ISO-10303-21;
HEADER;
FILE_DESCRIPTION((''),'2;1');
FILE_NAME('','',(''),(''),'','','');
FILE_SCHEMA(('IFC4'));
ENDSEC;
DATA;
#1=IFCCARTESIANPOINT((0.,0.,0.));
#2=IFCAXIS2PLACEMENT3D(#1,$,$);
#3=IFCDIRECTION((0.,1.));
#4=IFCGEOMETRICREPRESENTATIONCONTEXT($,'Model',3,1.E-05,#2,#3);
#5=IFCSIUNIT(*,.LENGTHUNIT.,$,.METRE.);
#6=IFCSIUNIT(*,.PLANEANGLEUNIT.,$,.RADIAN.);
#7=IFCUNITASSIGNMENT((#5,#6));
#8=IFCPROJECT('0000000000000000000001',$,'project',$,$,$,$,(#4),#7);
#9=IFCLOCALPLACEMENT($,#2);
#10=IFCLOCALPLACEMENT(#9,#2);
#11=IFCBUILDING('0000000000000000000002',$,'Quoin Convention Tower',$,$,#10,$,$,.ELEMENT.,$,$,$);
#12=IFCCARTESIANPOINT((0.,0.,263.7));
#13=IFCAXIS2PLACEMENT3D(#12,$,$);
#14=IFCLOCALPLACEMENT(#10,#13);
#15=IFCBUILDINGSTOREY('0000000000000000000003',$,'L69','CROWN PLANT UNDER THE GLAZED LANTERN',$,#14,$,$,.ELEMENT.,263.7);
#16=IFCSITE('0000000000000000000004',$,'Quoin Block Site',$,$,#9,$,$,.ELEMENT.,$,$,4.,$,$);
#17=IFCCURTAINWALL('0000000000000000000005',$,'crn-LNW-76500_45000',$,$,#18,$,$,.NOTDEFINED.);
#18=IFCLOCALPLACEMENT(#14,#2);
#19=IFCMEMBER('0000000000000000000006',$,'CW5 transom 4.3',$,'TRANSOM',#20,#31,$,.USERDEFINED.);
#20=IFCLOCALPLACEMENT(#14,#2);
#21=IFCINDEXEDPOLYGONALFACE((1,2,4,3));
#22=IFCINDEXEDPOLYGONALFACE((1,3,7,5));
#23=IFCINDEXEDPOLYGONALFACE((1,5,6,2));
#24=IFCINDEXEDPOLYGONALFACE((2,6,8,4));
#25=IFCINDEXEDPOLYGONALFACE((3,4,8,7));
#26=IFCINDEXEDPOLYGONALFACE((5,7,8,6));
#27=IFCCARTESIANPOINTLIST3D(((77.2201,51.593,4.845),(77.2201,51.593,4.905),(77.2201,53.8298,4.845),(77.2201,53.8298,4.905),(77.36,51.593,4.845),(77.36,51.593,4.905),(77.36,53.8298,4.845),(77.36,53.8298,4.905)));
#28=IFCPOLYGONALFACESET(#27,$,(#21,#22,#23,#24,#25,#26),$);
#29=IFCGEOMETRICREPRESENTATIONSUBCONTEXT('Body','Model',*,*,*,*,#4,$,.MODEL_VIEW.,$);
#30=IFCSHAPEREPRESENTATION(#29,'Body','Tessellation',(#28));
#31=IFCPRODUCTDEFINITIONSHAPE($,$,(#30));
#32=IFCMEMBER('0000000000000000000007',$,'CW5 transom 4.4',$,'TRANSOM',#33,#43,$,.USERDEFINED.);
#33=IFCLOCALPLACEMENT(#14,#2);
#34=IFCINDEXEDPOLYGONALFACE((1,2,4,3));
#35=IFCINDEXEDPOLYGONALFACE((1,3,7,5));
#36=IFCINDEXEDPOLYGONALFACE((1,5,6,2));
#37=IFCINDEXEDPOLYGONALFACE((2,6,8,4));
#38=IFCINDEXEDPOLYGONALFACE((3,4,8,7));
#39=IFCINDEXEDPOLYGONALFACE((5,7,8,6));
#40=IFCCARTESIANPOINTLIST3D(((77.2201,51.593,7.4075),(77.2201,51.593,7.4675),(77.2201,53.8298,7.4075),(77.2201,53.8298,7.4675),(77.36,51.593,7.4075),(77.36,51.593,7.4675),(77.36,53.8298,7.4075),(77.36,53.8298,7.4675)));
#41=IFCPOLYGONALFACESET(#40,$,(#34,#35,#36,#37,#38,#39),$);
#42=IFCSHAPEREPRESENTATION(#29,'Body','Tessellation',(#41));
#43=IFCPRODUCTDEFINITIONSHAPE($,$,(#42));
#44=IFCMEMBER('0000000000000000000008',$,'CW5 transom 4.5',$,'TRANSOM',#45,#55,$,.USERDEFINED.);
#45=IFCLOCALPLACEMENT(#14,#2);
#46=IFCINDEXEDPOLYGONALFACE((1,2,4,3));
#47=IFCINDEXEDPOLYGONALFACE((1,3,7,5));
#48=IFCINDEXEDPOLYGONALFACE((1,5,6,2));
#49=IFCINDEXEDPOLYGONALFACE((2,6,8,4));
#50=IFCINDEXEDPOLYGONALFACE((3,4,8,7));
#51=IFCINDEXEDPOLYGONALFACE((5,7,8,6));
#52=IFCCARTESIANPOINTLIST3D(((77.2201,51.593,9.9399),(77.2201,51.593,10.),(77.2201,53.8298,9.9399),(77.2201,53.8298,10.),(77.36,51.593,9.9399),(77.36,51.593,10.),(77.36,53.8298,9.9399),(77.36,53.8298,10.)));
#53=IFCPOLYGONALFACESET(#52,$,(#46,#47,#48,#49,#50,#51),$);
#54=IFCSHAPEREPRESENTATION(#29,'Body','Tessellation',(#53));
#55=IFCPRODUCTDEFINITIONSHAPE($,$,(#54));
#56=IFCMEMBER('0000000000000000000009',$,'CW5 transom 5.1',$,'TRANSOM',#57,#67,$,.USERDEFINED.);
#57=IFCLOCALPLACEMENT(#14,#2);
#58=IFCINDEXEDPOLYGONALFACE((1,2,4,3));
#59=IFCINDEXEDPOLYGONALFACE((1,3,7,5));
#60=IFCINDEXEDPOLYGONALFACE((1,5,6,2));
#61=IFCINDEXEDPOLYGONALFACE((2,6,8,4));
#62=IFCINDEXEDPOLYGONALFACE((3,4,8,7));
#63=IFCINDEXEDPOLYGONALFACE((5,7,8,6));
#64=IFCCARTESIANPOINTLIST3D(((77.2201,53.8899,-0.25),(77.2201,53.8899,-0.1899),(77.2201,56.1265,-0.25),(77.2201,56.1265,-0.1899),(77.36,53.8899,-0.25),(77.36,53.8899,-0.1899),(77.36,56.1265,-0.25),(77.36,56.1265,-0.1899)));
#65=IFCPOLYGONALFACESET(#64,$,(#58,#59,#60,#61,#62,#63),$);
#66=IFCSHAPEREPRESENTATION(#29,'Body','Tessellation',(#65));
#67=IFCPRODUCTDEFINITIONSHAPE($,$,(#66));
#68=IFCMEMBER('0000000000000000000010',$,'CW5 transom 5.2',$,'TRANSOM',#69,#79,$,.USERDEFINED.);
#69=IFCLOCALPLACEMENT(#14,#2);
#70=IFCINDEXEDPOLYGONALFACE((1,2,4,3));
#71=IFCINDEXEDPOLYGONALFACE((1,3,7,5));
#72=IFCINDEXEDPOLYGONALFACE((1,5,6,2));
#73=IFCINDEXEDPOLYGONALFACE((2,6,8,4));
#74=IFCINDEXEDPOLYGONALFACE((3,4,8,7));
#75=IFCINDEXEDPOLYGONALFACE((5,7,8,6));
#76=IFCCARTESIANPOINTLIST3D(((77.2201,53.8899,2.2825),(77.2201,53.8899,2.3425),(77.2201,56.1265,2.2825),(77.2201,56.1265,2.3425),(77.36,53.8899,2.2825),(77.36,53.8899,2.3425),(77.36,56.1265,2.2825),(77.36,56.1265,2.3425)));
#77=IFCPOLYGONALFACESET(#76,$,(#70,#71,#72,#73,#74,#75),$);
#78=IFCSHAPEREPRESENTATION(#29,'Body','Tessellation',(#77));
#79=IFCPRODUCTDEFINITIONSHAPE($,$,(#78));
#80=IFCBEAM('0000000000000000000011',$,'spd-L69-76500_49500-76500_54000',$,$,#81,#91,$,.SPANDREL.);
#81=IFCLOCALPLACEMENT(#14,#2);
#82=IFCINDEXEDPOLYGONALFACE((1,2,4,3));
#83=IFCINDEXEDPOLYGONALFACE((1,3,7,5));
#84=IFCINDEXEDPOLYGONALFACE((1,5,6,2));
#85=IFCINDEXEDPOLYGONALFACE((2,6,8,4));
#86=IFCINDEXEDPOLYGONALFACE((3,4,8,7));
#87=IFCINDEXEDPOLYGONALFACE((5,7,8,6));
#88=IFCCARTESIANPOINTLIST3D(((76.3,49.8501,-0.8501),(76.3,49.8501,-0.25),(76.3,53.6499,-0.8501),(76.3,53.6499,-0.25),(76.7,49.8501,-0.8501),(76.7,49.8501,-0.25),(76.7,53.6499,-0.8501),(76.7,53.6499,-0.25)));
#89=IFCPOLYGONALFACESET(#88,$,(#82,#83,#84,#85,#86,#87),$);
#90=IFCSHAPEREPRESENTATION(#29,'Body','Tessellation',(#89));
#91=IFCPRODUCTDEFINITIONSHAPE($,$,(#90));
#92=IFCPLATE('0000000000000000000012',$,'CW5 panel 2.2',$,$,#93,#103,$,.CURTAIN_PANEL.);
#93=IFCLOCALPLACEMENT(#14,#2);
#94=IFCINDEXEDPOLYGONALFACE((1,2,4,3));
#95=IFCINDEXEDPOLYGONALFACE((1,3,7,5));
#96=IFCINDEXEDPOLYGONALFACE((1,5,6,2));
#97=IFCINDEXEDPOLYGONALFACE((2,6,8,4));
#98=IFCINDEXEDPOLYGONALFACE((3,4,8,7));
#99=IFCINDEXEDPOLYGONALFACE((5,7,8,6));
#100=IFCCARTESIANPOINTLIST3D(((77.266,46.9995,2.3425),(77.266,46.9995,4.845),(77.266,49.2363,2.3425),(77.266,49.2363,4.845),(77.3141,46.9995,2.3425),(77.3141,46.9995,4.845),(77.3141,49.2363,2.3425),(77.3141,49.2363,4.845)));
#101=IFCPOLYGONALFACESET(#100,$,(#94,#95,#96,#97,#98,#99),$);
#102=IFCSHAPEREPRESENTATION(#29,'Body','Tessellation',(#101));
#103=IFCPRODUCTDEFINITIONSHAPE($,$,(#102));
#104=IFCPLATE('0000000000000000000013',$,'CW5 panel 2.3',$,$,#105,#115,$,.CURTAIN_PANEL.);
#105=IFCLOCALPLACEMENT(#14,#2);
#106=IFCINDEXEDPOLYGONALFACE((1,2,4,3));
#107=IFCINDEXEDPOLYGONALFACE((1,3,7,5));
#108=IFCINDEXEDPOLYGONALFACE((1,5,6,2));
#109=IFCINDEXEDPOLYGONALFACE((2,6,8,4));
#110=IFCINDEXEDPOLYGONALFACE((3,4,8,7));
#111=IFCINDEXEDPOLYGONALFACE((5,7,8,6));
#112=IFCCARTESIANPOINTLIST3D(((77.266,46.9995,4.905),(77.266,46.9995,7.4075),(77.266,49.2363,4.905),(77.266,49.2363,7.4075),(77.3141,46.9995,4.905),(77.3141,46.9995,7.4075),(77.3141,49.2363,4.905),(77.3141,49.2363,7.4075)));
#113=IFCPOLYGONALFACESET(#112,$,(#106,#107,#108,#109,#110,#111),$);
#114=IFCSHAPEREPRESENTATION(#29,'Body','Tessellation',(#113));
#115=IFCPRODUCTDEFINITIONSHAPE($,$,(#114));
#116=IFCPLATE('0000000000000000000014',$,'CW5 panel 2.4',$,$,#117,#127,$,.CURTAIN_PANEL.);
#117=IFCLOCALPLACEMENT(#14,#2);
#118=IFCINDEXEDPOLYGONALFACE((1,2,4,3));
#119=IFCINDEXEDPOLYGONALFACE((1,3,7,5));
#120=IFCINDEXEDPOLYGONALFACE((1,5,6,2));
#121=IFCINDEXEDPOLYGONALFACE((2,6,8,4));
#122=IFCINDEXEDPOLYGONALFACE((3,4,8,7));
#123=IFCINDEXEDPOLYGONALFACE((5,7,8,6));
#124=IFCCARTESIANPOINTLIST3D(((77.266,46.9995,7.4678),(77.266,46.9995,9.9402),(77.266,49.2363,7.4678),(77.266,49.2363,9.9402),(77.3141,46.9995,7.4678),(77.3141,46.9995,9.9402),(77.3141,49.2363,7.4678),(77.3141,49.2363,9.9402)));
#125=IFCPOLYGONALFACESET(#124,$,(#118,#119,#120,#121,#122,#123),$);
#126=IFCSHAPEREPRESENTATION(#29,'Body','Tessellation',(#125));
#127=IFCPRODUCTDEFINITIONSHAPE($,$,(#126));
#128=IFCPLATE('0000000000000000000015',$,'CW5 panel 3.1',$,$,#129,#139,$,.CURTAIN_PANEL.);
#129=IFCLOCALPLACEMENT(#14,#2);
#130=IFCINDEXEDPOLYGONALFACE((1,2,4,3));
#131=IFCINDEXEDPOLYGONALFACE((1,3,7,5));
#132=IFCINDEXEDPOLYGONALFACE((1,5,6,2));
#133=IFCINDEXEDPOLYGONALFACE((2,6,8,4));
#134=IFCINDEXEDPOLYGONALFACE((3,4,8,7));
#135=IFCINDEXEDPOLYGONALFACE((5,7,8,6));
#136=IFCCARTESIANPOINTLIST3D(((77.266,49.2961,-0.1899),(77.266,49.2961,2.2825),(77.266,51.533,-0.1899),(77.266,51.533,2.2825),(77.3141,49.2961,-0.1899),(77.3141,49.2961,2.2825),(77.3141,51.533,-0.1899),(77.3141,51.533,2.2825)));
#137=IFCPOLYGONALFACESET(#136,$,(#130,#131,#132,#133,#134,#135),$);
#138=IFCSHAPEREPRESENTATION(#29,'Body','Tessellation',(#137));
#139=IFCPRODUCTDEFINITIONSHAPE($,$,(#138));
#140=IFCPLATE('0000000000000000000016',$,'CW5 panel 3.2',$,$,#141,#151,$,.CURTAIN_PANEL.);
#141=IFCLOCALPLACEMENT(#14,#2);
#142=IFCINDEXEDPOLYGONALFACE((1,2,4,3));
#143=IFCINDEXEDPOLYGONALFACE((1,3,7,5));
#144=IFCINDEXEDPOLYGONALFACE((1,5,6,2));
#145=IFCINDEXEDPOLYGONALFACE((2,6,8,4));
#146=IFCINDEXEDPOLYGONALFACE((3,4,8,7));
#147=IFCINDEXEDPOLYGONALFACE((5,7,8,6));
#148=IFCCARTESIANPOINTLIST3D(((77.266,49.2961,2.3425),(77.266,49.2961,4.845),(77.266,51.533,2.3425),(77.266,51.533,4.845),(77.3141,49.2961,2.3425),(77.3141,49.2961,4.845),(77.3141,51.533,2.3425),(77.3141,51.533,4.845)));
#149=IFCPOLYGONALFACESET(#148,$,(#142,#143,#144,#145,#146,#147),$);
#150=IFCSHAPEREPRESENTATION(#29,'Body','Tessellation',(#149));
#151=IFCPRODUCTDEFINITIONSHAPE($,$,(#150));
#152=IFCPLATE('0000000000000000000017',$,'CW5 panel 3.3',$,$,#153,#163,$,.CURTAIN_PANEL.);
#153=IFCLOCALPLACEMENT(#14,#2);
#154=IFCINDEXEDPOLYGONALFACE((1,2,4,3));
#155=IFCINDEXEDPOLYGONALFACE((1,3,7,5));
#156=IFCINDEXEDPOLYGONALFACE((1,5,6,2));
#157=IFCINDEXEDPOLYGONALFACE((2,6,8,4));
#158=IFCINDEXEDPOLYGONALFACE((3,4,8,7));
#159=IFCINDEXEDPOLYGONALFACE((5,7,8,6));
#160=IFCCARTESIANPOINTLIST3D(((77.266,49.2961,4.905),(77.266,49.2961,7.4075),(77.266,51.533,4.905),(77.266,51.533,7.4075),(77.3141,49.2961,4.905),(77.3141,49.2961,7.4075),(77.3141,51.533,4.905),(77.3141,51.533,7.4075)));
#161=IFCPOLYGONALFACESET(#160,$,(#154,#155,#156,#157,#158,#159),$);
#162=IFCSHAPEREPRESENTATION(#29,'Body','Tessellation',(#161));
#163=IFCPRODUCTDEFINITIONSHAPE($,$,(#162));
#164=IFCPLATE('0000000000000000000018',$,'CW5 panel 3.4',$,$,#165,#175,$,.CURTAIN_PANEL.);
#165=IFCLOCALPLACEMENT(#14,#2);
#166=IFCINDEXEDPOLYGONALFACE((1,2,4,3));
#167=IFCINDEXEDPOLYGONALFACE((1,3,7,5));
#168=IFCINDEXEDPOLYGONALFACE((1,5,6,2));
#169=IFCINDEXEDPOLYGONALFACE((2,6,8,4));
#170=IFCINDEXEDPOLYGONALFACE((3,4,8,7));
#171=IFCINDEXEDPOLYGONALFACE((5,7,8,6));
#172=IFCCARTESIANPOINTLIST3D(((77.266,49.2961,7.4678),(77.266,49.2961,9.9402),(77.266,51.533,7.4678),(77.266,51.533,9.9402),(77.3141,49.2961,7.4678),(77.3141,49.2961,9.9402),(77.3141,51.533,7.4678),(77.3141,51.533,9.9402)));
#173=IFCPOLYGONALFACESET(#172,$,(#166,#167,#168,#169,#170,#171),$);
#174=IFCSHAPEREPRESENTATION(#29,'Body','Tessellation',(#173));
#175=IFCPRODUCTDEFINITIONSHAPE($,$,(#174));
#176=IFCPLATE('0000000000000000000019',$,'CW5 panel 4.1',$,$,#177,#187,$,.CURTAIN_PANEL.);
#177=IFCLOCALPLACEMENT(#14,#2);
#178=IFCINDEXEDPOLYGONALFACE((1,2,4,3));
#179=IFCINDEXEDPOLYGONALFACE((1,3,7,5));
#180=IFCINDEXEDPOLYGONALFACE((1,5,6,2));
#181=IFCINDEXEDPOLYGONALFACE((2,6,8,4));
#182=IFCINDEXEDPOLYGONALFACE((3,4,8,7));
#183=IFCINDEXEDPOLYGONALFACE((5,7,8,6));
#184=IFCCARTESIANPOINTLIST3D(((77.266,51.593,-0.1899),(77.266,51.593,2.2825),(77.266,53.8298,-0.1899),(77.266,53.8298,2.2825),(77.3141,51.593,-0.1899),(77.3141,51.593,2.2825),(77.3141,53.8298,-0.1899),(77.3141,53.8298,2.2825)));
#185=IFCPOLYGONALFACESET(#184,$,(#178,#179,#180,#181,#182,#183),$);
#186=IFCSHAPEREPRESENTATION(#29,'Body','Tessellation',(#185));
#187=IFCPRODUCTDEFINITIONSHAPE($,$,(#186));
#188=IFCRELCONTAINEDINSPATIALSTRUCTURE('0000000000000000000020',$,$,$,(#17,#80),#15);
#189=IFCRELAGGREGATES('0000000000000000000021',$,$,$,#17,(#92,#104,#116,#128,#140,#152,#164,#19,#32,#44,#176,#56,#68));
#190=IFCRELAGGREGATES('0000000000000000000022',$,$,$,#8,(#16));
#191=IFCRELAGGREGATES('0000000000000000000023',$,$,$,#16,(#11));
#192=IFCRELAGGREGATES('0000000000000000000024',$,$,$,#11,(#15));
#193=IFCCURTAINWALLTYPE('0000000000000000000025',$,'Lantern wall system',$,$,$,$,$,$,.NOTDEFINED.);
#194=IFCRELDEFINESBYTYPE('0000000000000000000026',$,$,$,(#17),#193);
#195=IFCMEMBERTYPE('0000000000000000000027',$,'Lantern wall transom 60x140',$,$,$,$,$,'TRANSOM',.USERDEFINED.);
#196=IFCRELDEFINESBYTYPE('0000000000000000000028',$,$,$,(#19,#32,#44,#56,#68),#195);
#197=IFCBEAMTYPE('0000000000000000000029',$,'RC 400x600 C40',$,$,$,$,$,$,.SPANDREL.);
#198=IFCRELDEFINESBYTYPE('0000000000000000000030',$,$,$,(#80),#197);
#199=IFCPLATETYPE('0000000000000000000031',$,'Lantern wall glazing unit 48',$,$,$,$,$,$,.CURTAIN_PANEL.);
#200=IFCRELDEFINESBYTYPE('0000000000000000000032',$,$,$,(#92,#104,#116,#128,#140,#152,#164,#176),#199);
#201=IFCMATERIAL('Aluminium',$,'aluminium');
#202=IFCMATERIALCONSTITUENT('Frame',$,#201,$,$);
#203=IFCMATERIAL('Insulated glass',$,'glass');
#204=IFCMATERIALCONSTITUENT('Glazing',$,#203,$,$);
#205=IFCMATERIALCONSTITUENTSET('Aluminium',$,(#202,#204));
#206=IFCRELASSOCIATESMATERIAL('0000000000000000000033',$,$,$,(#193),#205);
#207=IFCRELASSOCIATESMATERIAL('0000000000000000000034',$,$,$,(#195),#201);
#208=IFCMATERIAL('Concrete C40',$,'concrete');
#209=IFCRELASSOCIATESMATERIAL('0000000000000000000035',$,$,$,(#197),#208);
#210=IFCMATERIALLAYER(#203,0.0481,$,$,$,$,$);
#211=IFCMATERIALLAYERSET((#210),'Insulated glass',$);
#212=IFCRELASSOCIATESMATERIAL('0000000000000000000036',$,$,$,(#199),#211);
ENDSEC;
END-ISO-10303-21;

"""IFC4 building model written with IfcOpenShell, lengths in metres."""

from ifc_helpers import new_model, si_unit, direction, frame, origin, origin_2d, place, context, subcontext, project, spatial, rectangle, extrude, material, layer, layer_set, constituent, constituent_set, material_profile, profile_set, type_object, element, aggregate, save


model = new_model("IFC4")

# Units and contexts
model_context = context("Model", 3, precision=1e-05, world=origin(), true_north=direction((0.0, 1.0)))
body_context = subcontext(model_context, "Body", "Model", "MODEL_VIEW")
ifc_project = project(units=[si_unit("LENGTHUNIT", "METRE"), si_unit("PLANEANGLEUNIT", "RADIAN")], contexts=[model_context])

# Site, building, storey
site_placement = place(None, origin())
site = spatial("IfcSite", under=ifc_project, at=site_placement, Name="Quoin Block Site", CompositionType="ELEMENT", RefElevation=4.0)
building_placement = place(site_placement, origin())
building = spatial("IfcBuilding", under=site, at=building_placement, Name="Quoin Convention Tower", CompositionType="ELEMENT")
storey_placement = place(building_placement, frame((0.0, 0.0, 263.7)))
storey = spatial("IfcBuildingStorey", under=building, at=storey_placement, Name="L69", Description="CROWN PLANT UNDER THE GLAZED LANTERN", CompositionType="ELEMENT", Elevation=263.7)

# Shared definitions
ifc_material_1 = material(Name="Concrete C40", Category="concrete")

# Curtain wall, members
ifc_material_2 = material(Name="Aluminium", Category="aluminium")
ifc_constituent_1 = constituent(ifc_material_2, Name="Frame")
ifc_material_3 = material(Name="Insulated glass", Category="glass")
ifc_constituent_2 = constituent(ifc_material_3, Name="Glazing")
ifc_constituent_set = constituent_set(constituents=[ifc_constituent_1, ifc_constituent_2], Name="Aluminium")
curtain_wall_type = type_object("IfcCurtainWallType", Name="Lantern wall system", PredefinedType="NOTDEFINED", material=ifc_constituent_set)
curtain_wall_placement = place(storey_placement, origin())
curtain_wall = element("IfcCurtainWall", 1, at=curtain_wall_placement, inside=storey, type_object=curtain_wall_type, Name="crn-LNW-76500_45000", PredefinedType="NOTDEFINED")
ifc_material_profile_1 = material_profile(ifc_material_2, rectangle(XDim=0.1399, YDim=0.0601, at=origin_2d()), Name="Lantern wall transom 60x140")
ifc_profile_set_1 = profile_set([ifc_material_profile_1], Name="Aluminium")
member_type_1 = type_object("IfcMemberType", Name="Lantern wall transom 60x140", ElementType="TRANSOM", PredefinedType="USERDEFINED", material=ifc_profile_set_1)
member_1_placement = place(storey_placement, frame((77.29, 51.593, 4.875), z_axis=(0.0, 1.0, 0.0), x_axis=(-1.0, 0.0, 0.0)))
member_1 = element("IfcMember", 2, at=member_1_placement, type_object=member_type_1, Name="CW5 transom 4.3", ObjectType="TRANSOM", PredefinedType="USERDEFINED", context=body_context, shape_type="SweptSolid", body=[
    extrude(rectangle(XDim=0.1399, YDim=0.0601, at=origin_2d()), origin(), (0.0, 0.0, 1.0), 2.2368),
])
member_2_placement = place(storey_placement, frame((77.29, 51.593, 7.4375), z_axis=(0.0, 1.0, 0.0), x_axis=(-1.0, 0.0, 0.0)))
member_2 = element("IfcMember", 3, at=member_2_placement, type_object=member_type_1, Name="CW5 transom 4.4", ObjectType="TRANSOM", PredefinedType="USERDEFINED", context=body_context, shape_type="SweptSolid", body=[
    extrude(rectangle(XDim=0.1399, YDim=0.0601, at=origin_2d()), origin(), (0.0, 0.0, 1.0), 2.2368),
])
member_3_placement = place(storey_placement, frame((77.29, 51.593, 9.97), z_axis=(0.0, 1.0, 0.0), x_axis=(-1.0, 0.0, 0.0)))
member_3 = element("IfcMember", 4, at=member_3_placement, type_object=member_type_1, Name="CW5 transom 4.5", ObjectType="TRANSOM", PredefinedType="USERDEFINED", context=body_context, shape_type="SweptSolid", body=[
    extrude(rectangle(XDim=0.1399, YDim=0.0601, at=origin_2d()), origin(), (0.0, 0.0, 1.0), 2.2368),
])
member_4_placement = place(storey_placement, frame((77.29, 53.8899, -0.22), z_axis=(0.0, 1.0, 0.0), x_axis=(-1.0, 0.0, 0.0)))
member_4 = element("IfcMember", 5, at=member_4_placement, type_object=member_type_1, Name="CW5 transom 5.1", ObjectType="TRANSOM", PredefinedType="USERDEFINED", context=body_context, shape_type="SweptSolid", body=[
    extrude(rectangle(XDim=0.1399, YDim=0.0601, at=origin_2d()), origin(), (0.0, 0.0, 1.0), 2.2366),
])
member_5_placement = place(storey_placement, frame((77.29, 53.8899, 2.3125), z_axis=(0.0, 1.0, 0.0), x_axis=(-1.0, 0.0, 0.0)))
member_5 = element("IfcMember", 6, at=member_5_placement, type_object=member_type_1, Name="CW5 transom 5.2", ObjectType="TRANSOM", PredefinedType="USERDEFINED", context=body_context, shape_type="SweptSolid", body=[
    extrude(rectangle(XDim=0.1399, YDim=0.0601, at=origin_2d()), origin(), (0.0, 0.0, 1.0), 2.2366),
])

# Beam
ifc_material_profile_2 = material_profile(ifc_material_1, rectangle(XDim=0.3999, YDim=0.6001, at=origin_2d()), Name="RC 400x600")
ifc_profile_set_2 = profile_set([ifc_material_profile_2], Name="Concrete C40")
beam_type = type_object("IfcBeamType", Name="RC 400x600 C40", PredefinedType="SPANDREL", material=ifc_profile_set_2)
beam_placement = place(storey_placement, frame((76.5, 49.8501, -0.55), z_axis=(0.0, 1.0, 0.0), x_axis=(-1.0, 0.0, 0.0)))
element("IfcBeam", 7, at=beam_placement, inside=storey, type_object=beam_type, Name="spd-L69-76500_49500-76500_54000", PredefinedType="SPANDREL", context=body_context, shape_type="SweptSolid", body=[
    extrude(rectangle(XDim=0.3999, YDim=0.6001, at=origin_2d()), origin(), (0.0, 0.0, 1.0), 3.7998),
])

# Plates
ifc_layer = layer(ifc_material_3, 0.0481)
ifc_layer_set = layer_set([ifc_layer], Name="Insulated glass")
plate_type = type_object("IfcPlateType", Name="Lantern wall glazing unit 48", PredefinedType="CURTAIN_PANEL", material=ifc_layer_set)
plate_1_placement = place(storey_placement, frame((77.29, 48.1179, 2.3425), z_axis=(0.0, 0.0, 1.0), x_axis=(0.0, 1.0, 0.0)))
plate_1 = element("IfcPlate", 8, at=plate_1_placement, type_object=plate_type, Name="CW5 panel 2.2", PredefinedType="CURTAIN_PANEL", context=body_context, shape_type="SweptSolid", body=[
    extrude(rectangle(XDim=2.2368, YDim=0.0481, at=origin_2d()), origin(), (0.0, 0.0, 1.0), 2.5024),
])
plate_2_placement = place(storey_placement, frame((77.29, 48.1179, 4.905), z_axis=(0.0, 0.0, 1.0), x_axis=(0.0, 1.0, 0.0)))
plate_2 = element("IfcPlate", 9, at=plate_2_placement, type_object=plate_type, Name="CW5 panel 2.3", PredefinedType="CURTAIN_PANEL", context=body_context, shape_type="SweptSolid", body=[
    extrude(rectangle(XDim=2.2368, YDim=0.0481, at=origin_2d()), origin(), (0.0, 0.0, 1.0), 2.5024),
])
plate_3_placement = place(storey_placement, frame((77.29, 48.1179, 7.4678), z_axis=(0.0, 0.0, 1.0), x_axis=(0.0, 1.0, 0.0)))
plate_3 = element("IfcPlate", 10, at=plate_3_placement, type_object=plate_type, Name="CW5 panel 2.4", PredefinedType="CURTAIN_PANEL", context=body_context, shape_type="SweptSolid", body=[
    extrude(rectangle(XDim=2.2368, YDim=0.0481, at=origin_2d()), origin(), (0.0, 0.0, 1.0), 2.4724),
])
plate_4_placement = place(storey_placement, frame((77.29, 50.4146, -0.1899), z_axis=(0.0, 0.0, 1.0), x_axis=(0.0, 1.0, 0.0)))
plate_4 = element("IfcPlate", 11, at=plate_4_placement, type_object=plate_type, Name="CW5 panel 3.1", PredefinedType="CURTAIN_PANEL", context=body_context, shape_type="SweptSolid", body=[
    extrude(rectangle(XDim=2.2368, YDim=0.0481, at=origin_2d()), origin(), (0.0, 0.0, 1.0), 2.4724),
])
plate_5_placement = place(storey_placement, frame((77.29, 50.4146, 2.3425), z_axis=(0.0, 0.0, 1.0), x_axis=(0.0, 1.0, 0.0)))
plate_5 = element("IfcPlate", 12, at=plate_5_placement, type_object=plate_type, Name="CW5 panel 3.2", PredefinedType="CURTAIN_PANEL", context=body_context, shape_type="SweptSolid", body=[
    extrude(rectangle(XDim=2.2368, YDim=0.0481, at=origin_2d()), origin(), (0.0, 0.0, 1.0), 2.5024),
])
plate_6_placement = place(storey_placement, frame((77.29, 50.4146, 4.905), z_axis=(0.0, 0.0, 1.0), x_axis=(0.0, 1.0, 0.0)))
plate_6 = element("IfcPlate", 13, at=plate_6_placement, type_object=plate_type, Name="CW5 panel 3.3", PredefinedType="CURTAIN_PANEL", context=body_context, shape_type="SweptSolid", body=[
    extrude(rectangle(XDim=2.2368, YDim=0.0481, at=origin_2d()), origin(), (0.0, 0.0, 1.0), 2.5024),
])
plate_7_placement = place(storey_placement, frame((77.29, 50.4146, 7.4678), z_axis=(0.0, 0.0, 1.0), x_axis=(0.0, 1.0, 0.0)))
plate_7 = element("IfcPlate", 14, at=plate_7_placement, type_object=plate_type, Name="CW5 panel 3.4", PredefinedType="CURTAIN_PANEL", context=body_context, shape_type="SweptSolid", body=[
    extrude(rectangle(XDim=2.2368, YDim=0.0481, at=origin_2d()), origin(), (0.0, 0.0, 1.0), 2.4724),
])
plate_8_placement = place(storey_placement, frame((77.29, 52.7114, -0.1899), z_axis=(0.0, 0.0, 1.0), x_axis=(0.0, 1.0, 0.0)))
plate_8 = element("IfcPlate", 15, at=plate_8_placement, type_object=plate_type, Name="CW5 panel 4.1", PredefinedType="CURTAIN_PANEL", context=body_context, shape_type="SweptSolid", body=[
    extrude(rectangle(XDim=2.2368, YDim=0.0481, at=origin_2d()), origin(), (0.0, 0.0, 1.0), 2.4724),
])
aggregate(curtain_wall, [plate_1, plate_2, plate_3, plate_4, plate_5, plate_6, plate_7, member_1, member_2, member_3, plate_8, member_4, member_5])

save(model, "model.ifc")
